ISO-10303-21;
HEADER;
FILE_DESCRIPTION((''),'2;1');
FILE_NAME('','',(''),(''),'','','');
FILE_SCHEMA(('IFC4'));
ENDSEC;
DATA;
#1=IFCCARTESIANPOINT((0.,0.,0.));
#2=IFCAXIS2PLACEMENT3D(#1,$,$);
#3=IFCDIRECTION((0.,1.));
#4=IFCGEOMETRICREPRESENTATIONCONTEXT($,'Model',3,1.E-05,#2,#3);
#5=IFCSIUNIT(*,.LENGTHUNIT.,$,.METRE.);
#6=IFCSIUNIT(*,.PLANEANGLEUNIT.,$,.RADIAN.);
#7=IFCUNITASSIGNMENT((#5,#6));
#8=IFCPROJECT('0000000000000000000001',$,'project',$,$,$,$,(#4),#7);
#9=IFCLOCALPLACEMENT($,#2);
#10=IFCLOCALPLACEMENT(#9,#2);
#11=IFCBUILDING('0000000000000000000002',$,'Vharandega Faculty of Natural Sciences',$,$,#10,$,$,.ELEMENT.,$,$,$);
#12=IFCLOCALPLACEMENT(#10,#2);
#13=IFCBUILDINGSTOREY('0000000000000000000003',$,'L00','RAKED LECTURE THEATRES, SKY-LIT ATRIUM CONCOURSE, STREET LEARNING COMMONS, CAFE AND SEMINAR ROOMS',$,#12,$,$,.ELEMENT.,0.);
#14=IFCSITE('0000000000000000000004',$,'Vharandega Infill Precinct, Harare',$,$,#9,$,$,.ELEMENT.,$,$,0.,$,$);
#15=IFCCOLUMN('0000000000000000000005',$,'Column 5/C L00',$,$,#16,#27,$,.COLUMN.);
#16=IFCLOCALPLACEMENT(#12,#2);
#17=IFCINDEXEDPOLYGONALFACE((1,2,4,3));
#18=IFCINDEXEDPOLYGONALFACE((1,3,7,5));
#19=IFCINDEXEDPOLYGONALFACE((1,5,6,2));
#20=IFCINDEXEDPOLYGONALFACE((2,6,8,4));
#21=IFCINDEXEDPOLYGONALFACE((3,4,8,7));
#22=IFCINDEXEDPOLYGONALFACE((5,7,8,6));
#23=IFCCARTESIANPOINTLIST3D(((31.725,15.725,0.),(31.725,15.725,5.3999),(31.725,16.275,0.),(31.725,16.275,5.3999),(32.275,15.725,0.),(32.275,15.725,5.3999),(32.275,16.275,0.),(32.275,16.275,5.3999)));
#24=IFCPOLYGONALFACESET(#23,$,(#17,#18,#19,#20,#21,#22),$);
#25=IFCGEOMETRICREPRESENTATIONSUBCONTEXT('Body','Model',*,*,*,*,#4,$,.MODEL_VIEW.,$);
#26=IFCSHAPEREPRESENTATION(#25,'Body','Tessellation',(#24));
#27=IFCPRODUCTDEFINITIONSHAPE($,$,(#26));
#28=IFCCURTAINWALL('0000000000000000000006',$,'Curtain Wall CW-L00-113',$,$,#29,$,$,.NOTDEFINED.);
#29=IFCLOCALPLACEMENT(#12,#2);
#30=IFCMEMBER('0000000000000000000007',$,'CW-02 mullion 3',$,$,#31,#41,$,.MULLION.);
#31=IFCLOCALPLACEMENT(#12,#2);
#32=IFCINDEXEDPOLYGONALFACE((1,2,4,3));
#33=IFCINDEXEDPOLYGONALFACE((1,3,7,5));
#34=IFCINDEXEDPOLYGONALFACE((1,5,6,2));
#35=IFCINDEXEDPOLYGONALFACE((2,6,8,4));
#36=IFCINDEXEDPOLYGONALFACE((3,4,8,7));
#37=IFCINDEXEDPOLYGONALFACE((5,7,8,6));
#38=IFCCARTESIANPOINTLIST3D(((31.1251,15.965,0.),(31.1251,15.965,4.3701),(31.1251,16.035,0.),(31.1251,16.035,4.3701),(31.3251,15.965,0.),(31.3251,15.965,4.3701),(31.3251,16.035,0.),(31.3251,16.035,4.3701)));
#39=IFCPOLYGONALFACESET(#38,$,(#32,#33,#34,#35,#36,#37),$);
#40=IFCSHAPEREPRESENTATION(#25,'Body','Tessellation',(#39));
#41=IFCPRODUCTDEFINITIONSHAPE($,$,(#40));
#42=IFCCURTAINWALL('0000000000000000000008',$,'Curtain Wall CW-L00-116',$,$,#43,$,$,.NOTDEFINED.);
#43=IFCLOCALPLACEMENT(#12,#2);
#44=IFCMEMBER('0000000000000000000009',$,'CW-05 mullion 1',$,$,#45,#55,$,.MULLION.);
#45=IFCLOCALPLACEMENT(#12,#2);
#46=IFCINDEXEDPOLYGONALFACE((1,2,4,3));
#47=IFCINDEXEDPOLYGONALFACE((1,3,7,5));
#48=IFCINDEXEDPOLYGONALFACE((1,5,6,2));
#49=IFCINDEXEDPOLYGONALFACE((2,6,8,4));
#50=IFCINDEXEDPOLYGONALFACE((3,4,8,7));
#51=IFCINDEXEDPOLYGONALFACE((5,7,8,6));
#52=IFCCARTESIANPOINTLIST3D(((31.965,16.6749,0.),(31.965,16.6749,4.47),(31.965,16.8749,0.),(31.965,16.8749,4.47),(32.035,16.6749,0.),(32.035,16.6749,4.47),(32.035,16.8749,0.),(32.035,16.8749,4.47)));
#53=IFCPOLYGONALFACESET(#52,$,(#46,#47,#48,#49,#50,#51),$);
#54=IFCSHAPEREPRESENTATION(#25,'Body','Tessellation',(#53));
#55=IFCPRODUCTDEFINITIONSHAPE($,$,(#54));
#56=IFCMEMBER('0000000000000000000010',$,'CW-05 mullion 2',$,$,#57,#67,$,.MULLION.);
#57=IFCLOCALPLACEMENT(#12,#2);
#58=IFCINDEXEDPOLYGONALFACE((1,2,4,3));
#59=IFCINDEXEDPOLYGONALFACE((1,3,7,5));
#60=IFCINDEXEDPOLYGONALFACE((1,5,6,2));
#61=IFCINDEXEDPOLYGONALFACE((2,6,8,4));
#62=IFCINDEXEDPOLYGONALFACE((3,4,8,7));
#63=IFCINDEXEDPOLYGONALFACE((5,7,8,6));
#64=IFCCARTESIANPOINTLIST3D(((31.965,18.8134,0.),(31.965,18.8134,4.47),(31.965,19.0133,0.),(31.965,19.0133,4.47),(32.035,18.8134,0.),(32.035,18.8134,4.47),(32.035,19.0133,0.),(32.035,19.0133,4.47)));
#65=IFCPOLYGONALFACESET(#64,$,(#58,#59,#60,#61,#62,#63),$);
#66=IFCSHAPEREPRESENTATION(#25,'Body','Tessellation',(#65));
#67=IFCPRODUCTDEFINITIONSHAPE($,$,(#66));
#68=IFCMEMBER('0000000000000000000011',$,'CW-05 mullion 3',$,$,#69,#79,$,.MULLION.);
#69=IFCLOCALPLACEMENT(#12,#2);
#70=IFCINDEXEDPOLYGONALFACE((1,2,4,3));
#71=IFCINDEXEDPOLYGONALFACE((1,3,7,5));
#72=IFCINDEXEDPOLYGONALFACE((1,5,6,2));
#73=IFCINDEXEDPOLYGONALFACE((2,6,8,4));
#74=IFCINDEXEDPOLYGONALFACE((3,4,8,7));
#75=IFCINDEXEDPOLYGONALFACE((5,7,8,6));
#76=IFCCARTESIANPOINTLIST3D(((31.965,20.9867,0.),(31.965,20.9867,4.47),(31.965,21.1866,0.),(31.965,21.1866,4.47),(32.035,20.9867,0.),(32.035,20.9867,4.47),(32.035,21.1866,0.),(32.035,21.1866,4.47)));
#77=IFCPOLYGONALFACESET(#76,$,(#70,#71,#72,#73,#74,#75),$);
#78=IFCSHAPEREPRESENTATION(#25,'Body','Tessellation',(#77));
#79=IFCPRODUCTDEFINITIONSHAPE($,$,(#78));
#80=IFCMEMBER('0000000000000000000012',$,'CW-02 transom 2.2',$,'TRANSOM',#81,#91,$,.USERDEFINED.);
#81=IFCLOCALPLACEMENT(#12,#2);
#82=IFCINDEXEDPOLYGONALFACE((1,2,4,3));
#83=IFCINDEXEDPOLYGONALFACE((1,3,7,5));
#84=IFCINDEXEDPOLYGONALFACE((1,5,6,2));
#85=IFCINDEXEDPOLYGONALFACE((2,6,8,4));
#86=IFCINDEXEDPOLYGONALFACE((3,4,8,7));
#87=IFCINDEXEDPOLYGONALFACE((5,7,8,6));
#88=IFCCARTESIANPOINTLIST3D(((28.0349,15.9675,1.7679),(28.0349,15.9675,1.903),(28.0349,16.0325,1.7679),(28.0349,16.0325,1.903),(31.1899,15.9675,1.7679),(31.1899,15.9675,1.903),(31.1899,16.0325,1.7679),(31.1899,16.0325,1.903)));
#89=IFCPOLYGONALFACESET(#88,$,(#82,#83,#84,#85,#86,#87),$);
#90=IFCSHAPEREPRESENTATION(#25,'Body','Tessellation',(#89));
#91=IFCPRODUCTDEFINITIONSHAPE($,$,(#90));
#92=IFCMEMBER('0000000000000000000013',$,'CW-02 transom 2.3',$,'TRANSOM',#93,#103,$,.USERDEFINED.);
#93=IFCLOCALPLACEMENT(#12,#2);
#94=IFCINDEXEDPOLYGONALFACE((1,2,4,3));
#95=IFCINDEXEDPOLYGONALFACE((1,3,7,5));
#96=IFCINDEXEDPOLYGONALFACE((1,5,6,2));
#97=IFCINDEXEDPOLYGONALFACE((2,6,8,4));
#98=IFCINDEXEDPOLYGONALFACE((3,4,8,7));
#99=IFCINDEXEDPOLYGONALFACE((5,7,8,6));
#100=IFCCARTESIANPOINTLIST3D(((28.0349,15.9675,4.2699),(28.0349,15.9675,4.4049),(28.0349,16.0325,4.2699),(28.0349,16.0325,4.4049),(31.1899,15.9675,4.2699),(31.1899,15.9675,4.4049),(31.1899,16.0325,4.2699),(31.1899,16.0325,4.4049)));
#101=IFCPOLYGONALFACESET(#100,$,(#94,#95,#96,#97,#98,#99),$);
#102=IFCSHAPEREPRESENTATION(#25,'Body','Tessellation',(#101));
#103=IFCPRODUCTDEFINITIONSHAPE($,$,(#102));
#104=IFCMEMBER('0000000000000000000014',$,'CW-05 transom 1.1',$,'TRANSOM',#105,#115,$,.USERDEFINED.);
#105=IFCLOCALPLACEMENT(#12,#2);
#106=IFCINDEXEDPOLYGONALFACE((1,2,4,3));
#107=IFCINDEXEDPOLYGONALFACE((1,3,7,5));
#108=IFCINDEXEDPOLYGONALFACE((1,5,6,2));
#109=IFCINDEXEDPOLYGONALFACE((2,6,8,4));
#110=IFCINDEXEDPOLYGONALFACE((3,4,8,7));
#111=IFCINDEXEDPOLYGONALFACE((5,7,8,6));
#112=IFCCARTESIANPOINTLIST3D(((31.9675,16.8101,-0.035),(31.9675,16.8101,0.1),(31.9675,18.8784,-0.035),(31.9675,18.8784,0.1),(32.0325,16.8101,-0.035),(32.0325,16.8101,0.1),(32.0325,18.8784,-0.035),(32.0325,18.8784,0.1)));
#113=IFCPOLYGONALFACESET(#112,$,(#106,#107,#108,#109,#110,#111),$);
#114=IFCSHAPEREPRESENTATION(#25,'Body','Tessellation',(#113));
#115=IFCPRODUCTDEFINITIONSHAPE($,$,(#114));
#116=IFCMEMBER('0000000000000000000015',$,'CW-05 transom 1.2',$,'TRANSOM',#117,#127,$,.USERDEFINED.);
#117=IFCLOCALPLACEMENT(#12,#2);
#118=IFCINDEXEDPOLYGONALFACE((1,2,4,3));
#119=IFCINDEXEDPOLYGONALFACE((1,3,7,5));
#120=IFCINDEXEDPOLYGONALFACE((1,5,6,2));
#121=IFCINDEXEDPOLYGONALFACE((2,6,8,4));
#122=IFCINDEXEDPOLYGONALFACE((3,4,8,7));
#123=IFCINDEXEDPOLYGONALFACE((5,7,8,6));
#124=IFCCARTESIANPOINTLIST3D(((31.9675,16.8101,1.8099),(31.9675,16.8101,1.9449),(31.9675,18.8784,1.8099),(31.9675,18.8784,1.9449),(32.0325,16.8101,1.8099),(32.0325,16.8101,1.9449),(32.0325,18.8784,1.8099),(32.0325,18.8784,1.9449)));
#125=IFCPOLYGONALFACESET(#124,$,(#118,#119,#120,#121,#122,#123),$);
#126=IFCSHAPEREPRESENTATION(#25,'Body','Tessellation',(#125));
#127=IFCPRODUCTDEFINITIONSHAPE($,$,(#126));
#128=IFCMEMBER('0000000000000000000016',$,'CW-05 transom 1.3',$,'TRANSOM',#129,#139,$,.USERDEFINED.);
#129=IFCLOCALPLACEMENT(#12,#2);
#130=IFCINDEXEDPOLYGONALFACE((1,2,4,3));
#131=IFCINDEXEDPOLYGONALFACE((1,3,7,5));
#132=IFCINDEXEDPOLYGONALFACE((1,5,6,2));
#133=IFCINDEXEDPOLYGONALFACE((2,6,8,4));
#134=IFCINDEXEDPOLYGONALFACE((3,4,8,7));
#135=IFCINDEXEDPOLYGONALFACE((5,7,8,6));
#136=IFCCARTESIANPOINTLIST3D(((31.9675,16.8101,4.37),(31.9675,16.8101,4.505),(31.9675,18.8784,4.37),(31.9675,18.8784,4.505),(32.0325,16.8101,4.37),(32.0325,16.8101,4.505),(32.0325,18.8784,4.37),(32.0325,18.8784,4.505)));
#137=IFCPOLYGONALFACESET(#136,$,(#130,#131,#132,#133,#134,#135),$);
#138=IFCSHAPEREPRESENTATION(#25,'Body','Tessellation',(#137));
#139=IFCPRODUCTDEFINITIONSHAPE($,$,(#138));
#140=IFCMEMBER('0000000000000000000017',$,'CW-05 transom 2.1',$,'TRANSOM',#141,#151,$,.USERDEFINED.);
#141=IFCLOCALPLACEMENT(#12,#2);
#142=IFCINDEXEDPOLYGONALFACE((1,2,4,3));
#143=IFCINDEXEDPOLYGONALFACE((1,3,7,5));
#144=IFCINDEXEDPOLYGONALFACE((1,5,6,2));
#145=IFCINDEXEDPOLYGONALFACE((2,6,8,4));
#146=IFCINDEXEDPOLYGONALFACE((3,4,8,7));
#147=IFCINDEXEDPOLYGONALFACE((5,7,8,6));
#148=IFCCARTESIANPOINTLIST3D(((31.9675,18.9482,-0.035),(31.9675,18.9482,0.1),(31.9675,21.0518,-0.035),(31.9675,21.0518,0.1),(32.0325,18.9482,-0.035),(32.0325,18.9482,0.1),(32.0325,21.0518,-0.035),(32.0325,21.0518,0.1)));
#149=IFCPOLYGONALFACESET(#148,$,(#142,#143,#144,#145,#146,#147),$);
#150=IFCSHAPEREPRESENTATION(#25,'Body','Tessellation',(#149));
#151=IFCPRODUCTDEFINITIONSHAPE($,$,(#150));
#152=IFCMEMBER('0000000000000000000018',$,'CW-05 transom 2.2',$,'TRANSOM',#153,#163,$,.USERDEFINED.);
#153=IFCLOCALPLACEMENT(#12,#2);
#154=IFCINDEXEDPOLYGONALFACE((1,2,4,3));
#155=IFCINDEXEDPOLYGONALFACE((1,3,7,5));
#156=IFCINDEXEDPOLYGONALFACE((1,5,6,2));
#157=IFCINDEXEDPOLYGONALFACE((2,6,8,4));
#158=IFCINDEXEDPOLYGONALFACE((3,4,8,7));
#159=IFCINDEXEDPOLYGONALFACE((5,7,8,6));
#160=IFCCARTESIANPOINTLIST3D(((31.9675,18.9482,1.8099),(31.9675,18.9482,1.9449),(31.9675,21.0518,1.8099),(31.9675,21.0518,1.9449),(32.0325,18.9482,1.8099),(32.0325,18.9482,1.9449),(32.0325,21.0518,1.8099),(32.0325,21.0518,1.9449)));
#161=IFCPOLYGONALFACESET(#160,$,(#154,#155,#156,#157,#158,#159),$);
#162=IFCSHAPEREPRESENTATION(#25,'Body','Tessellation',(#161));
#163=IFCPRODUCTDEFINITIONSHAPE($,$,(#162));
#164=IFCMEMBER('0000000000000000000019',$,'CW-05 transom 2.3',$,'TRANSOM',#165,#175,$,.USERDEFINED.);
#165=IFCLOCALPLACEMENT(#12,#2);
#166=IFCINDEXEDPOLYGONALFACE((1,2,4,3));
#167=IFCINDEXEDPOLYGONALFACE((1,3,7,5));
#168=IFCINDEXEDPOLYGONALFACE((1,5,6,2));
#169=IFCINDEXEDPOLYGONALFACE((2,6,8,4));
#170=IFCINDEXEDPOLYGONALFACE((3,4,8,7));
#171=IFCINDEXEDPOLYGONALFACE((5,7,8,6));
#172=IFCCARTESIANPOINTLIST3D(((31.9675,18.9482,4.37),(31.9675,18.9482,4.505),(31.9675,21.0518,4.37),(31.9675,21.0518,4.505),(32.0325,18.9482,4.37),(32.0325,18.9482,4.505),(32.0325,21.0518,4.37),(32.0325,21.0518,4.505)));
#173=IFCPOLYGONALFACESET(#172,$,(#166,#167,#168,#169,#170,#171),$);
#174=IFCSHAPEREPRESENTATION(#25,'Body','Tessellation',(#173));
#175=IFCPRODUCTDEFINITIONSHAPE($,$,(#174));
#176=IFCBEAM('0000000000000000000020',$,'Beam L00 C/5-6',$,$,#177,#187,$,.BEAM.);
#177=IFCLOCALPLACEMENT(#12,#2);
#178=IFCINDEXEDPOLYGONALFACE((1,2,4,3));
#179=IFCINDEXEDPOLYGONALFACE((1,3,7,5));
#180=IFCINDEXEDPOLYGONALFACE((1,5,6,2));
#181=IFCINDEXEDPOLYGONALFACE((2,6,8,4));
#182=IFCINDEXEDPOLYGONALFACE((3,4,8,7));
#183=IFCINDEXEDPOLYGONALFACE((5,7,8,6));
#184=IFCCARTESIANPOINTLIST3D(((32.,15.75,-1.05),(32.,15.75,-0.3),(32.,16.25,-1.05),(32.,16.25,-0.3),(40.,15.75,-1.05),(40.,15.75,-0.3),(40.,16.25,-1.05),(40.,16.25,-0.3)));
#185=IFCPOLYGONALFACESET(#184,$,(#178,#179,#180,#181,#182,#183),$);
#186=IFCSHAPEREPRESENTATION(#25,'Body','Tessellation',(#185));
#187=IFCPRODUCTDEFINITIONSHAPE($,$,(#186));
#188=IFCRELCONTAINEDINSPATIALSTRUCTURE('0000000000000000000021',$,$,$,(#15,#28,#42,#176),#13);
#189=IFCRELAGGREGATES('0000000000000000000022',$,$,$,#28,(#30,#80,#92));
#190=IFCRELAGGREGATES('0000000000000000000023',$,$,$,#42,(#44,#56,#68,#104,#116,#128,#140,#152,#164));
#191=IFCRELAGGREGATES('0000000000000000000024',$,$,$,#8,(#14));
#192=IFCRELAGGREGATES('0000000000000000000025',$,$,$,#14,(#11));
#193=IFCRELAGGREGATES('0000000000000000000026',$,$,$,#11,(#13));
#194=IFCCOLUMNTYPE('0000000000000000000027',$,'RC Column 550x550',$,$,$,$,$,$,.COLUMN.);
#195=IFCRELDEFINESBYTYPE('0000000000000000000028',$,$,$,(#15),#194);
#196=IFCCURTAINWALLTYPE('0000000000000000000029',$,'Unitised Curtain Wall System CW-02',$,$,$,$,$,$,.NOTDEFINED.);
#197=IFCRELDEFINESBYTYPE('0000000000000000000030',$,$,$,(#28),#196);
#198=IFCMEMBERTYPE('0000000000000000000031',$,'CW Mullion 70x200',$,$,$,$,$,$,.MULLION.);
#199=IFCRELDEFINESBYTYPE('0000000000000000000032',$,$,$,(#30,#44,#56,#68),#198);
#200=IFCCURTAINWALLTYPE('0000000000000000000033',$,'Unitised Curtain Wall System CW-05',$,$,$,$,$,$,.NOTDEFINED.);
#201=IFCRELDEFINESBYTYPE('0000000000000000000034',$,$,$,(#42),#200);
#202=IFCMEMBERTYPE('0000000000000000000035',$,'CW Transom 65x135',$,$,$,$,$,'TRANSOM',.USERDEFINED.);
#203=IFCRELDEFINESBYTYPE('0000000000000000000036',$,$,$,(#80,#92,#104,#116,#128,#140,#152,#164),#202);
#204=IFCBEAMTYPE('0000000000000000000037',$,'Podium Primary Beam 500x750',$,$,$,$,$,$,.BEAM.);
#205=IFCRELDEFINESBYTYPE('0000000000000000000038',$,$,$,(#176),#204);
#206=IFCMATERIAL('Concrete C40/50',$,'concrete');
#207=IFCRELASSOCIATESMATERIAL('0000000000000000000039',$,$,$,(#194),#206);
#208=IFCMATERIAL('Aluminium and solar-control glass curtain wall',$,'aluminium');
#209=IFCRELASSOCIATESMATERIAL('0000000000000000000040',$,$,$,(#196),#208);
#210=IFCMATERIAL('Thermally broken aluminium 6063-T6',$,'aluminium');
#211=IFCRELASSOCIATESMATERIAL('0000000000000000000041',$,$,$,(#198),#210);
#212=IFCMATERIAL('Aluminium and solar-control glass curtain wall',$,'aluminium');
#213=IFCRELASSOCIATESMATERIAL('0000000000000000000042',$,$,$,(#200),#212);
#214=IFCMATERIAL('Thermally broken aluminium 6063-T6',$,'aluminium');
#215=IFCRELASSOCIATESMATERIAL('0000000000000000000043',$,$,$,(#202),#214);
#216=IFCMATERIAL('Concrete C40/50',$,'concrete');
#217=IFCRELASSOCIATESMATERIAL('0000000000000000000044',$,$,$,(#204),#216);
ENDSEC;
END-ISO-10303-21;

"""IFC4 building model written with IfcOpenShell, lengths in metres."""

from ifc_helpers import new_model, si_unit, direction, frame, origin, origin_2d, place, context, subcontext, project, spatial, rectangle, extrude, material, material_profile, profile_set, type_object, element, aggregate, save


model = new_model("IFC4")

# Units and contexts
model_context = context("Model", 3, precision=1e-05, world=origin(), true_north=direction((0.0, 1.0)))
body_context = subcontext(model_context, "Body", "Model", "MODEL_VIEW")
ifc_project = project(units=[si_unit("LENGTHUNIT", "METRE"), si_unit("PLANEANGLEUNIT", "RADIAN")], contexts=[model_context])

# Site, building, storey
site_placement = place(None, origin())
site = spatial("IfcSite", under=ifc_project, at=site_placement, Name="Vharandega Infill Precinct, Harare", CompositionType="ELEMENT", RefElevation=0.0)
building_placement = place(site_placement, origin())
building = spatial("IfcBuilding", under=site, at=building_placement, Name="Vharandega Faculty of Natural Sciences", CompositionType="ELEMENT")
storey_placement = place(building_placement, origin())
storey = spatial("IfcBuildingStorey", under=building, at=storey_placement, Name="L00", Description="RAKED LECTURE THEATRES, SKY-LIT ATRIUM CONCOURSE, STREET LEARNING COMMONS, CAFE AND SEMINAR ROOMS", CompositionType="ELEMENT", Elevation=0.0)

# Column
ifc_material_1 = material(Name="Concrete C40/50", Category="concrete")
ifc_material_profile_1 = material_profile(ifc_material_1, rectangle(XDim=0.55, YDim=0.55, at=origin_2d()), Name="RC 550x550")
ifc_profile_set_1 = profile_set([ifc_material_profile_1], Name="Concrete C40/50")
column_type = type_object("IfcColumnType", Name="RC Column 550x550", PredefinedType="COLUMN", material=ifc_profile_set_1)
column_placement = place(storey_placement, frame((32.0, 16.0, 0.0), z_axis=(0.0, 0.0, 1.0), x_axis=(1.0, 0.0, 0.0)))
element("IfcColumn", 1, at=column_placement, inside=storey, type_object=column_type, Name="Column 5/C L00", PredefinedType="COLUMN", context=body_context, shape_type="SweptSolid", body=[
    extrude(rectangle(XDim=0.55, YDim=0.55, at=origin_2d()), origin(), (0.0, 0.0, 1.0), 5.3999),
])

# Curtain wall, member
ifc_material_2 = material(Name="Aluminium and solar-control glass curtain wall", Category="aluminium")
curtain_wall_type_1 = type_object("IfcCurtainWallType", Name="Unitised Curtain Wall System CW-02", PredefinedType="NOTDEFINED", material=ifc_material_2)
curtain_wall_1_placement = place(storey_placement, origin())
curtain_wall_1 = element("IfcCurtainWall", 2, at=curtain_wall_1_placement, inside=storey, type_object=curtain_wall_type_1, Name="Curtain Wall CW-L00-113", PredefinedType="NOTDEFINED")
ifc_material_3 = material(Name="Thermally broken aluminium 6063-T6", Category="aluminium")
ifc_material_profile_2 = material_profile(ifc_material_3, rectangle(XDim=0.0701, YDim=0.2, at=origin_2d()), Name="ALU 70x200")
ifc_profile_set_2 = profile_set([ifc_material_profile_2], Name="Thermally broken aluminium 6063-T6")
member_type_1 = type_object("IfcMemberType", Name="CW Mullion 70x200", PredefinedType="MULLION", material=ifc_profile_set_2)
member_1_placement = place(storey_placement, frame((31.2251, 16.0, 0.0), z_axis=(0.0, 0.0, 1.0), x_axis=(0.0, 1.0, 0.0)))
member_1 = element("IfcMember", 3, at=member_1_placement, type_object=member_type_1, Name="CW-02 mullion 3", PredefinedType="MULLION", context=body_context, shape_type="SweptSolid", body=[
    extrude(rectangle(XDim=0.0701, YDim=0.2, at=origin_2d()), origin(), (0.0, 0.0, 1.0), 4.3701),
])

# Curtain wall, members
ifc_material_4 = material(Name="Aluminium and solar-control glass curtain wall", Category="aluminium")
curtain_wall_type_2 = type_object("IfcCurtainWallType", Name="Unitised Curtain Wall System CW-05", PredefinedType="NOTDEFINED", material=ifc_material_4)
curtain_wall_2_placement = place(storey_placement, origin())
curtain_wall_2 = element("IfcCurtainWall", 4, at=curtain_wall_2_placement, inside=storey, type_object=curtain_wall_type_2, Name="Curtain Wall CW-L00-116", PredefinedType="NOTDEFINED")
member_2_placement = place(storey_placement, frame((32.0, 16.7749, 0.0), z_axis=(0.0, 0.0, 1.0), x_axis=(-1.0, 0.0, 0.0)))
member_2 = element("IfcMember", 5, at=member_2_placement, type_object=member_type_1, Name="CW-05 mullion 1", PredefinedType="MULLION", context=body_context, shape_type="SweptSolid", body=[
    extrude(rectangle(XDim=0.0701, YDim=0.2, at=origin_2d()), origin(), (0.0, 0.0, 1.0), 4.47),
])
member_3_placement = place(storey_placement, frame((32.0, 18.9133, 0.0), z_axis=(0.0, 0.0, 1.0), x_axis=(-1.0, 0.0, 0.0)))
member_3 = element("IfcMember", 6, at=member_3_placement, type_object=member_type_1, Name="CW-05 mullion 2", PredefinedType="MULLION", context=body_context, shape_type="SweptSolid", body=[
    extrude(rectangle(XDim=0.0701, YDim=0.2, at=origin_2d()), origin(), (0.0, 0.0, 1.0), 4.47),
])
member_4_placement = place(storey_placement, frame((32.0, 21.0867, 0.0), z_axis=(0.0, 0.0, 1.0), x_axis=(-1.0, 0.0, 0.0)))
member_4 = element("IfcMember", 7, at=member_4_placement, type_object=member_type_1, Name="CW-05 mullion 3", PredefinedType="MULLION", context=body_context, shape_type="SweptSolid", body=[
    extrude(rectangle(XDim=0.0701, YDim=0.2, at=origin_2d()), origin(), (0.0, 0.0, 1.0), 4.47),
])

# Members
ifc_material_5 = material(Name="Thermally broken aluminium 6063-T6", Category="aluminium")
ifc_material_profile_3 = material_profile(ifc_material_5, rectangle(XDim=0.0649, YDim=0.135, at=origin_2d()), Name="ALU 65x135")
ifc_profile_set_3 = profile_set([ifc_material_profile_3], Name="Thermally broken aluminium 6063-T6")
member_type_2 = type_object("IfcMemberType", Name="CW Transom 65x135", ElementType="TRANSOM", PredefinedType="USERDEFINED", material=ifc_profile_set_3)
member_5_placement = place(storey_placement, frame((28.0349, 16.0, 1.8354), z_axis=(1.0, 0.0, 0.0), x_axis=(0.0, 1.0, 0.0)))
member_5 = element("IfcMember", 8, at=member_5_placement, type_object=member_type_2, Name="CW-02 transom 2.2", ObjectType="TRANSOM", PredefinedType="USERDEFINED", context=body_context, shape_type="SweptSolid", body=[
    extrude(rectangle(XDim=0.0649, YDim=0.135, at=origin_2d()), origin(), (0.0, 0.0, 1.0), 3.155),
])
member_6_placement = place(storey_placement, frame((28.0349, 16.0, 4.3374), z_axis=(1.0, 0.0, 0.0), x_axis=(0.0, 1.0, 0.0)))
member_6 = element("IfcMember", 9, at=member_6_placement, type_object=member_type_2, Name="CW-02 transom 2.3", ObjectType="TRANSOM", PredefinedType="USERDEFINED", context=body_context, shape_type="SweptSolid", body=[
    extrude(rectangle(XDim=0.0649, YDim=0.135, at=origin_2d()), origin(), (0.0, 0.0, 1.0), 3.155),
])
member_7_placement = place(storey_placement, frame((32.0, 16.8101, 0.0325), z_axis=(0.0, 1.0, 0.0), x_axis=(-1.0, 0.0, 0.0)))
member_7 = element("IfcMember", 10, at=member_7_placement, type_object=member_type_2, Name="CW-05 transom 1.1", ObjectType="TRANSOM", PredefinedType="USERDEFINED", context=body_context, shape_type="SweptSolid", body=[
    extrude(rectangle(XDim=0.0649, YDim=0.135, at=origin_2d()), origin(), (0.0, 0.0, 1.0), 2.0684),
])
member_8_placement = place(storey_placement, frame((32.0, 16.8101, 1.8774), z_axis=(0.0, 1.0, 0.0), x_axis=(-1.0, 0.0, 0.0)))
member_8 = element("IfcMember", 11, at=member_8_placement, type_object=member_type_2, Name="CW-05 transom 1.2", ObjectType="TRANSOM", PredefinedType="USERDEFINED", context=body_context, shape_type="SweptSolid", body=[
    extrude(rectangle(XDim=0.0649, YDim=0.135, at=origin_2d()), origin(), (0.0, 0.0, 1.0), 2.0684),
])
member_9_placement = place(storey_placement, frame((32.0, 16.8101, 4.4375), z_axis=(0.0, 1.0, 0.0), x_axis=(-1.0, 0.0, 0.0)))
member_9 = element("IfcMember", 12, at=member_9_placement, type_object=member_type_2, Name="CW-05 transom 1.3", ObjectType="TRANSOM", PredefinedType="USERDEFINED", context=body_context, shape_type="SweptSolid", body=[
    extrude(rectangle(XDim=0.0649, YDim=0.135, at=origin_2d()), origin(), (0.0, 0.0, 1.0), 2.0684),
])
member_10_placement = place(storey_placement, frame((32.0, 18.9482, 0.0325), z_axis=(0.0, 1.0, 0.0), x_axis=(-1.0, 0.0, 0.0)))
member_10 = element("IfcMember", 13, at=member_10_placement, type_object=member_type_2, Name="CW-05 transom 2.1", ObjectType="TRANSOM", PredefinedType="USERDEFINED", context=body_context, shape_type="SweptSolid", body=[
    extrude(rectangle(XDim=0.0649, YDim=0.135, at=origin_2d()), origin(), (0.0, 0.0, 1.0), 2.1035),
])
member_11_placement = place(storey_placement, frame((32.0, 18.9482, 1.8774), z_axis=(0.0, 1.0, 0.0), x_axis=(-1.0, 0.0, 0.0)))
member_11 = element("IfcMember", 14, at=member_11_placement, type_object=member_type_2, Name="CW-05 transom 2.2", ObjectType="TRANSOM", PredefinedType="USERDEFINED", context=body_context, shape_type="SweptSolid", body=[
    extrude(rectangle(XDim=0.0649, YDim=0.135, at=origin_2d()), origin(), (0.0, 0.0, 1.0), 2.1035),
])
member_12_placement = place(storey_placement, frame((32.0, 18.9482, 4.4375), z_axis=(0.0, 1.0, 0.0), x_axis=(-1.0, 0.0, 0.0)))
member_12 = element("IfcMember", 15, at=member_12_placement, type_object=member_type_2, Name="CW-05 transom 2.3", ObjectType="TRANSOM", PredefinedType="USERDEFINED", context=body_context, shape_type="SweptSolid", body=[
    extrude(rectangle(XDim=0.0649, YDim=0.135, at=origin_2d()), origin(), (0.0, 0.0, 1.0), 2.1035),
])

# Beam
ifc_material_6 = material(Name="Concrete C40/50", Category="concrete")
ifc_material_profile_4 = material_profile(ifc_material_6, rectangle(XDim=0.5, YDim=0.75, at=origin_2d()), Name="RC 500x750")
ifc_profile_set_4 = profile_set([ifc_material_profile_4], Name="Concrete C40/50")
beam_type_1 = type_object("IfcBeamType", Name="Podium Primary Beam 500x750", PredefinedType="BEAM", material=ifc_profile_set_4)
beam_1_placement = place(storey_placement, frame((32.0, 16.0, -0.675), z_axis=(1.0, 0.0, 0.0), x_axis=(0.0, 1.0, 0.0)))
element("IfcBeam", 16, at=beam_1_placement, inside=storey, type_object=beam_type_1, Name="Beam L00 C/5-6", PredefinedType="BEAM", context=body_context, shape_type="SweptSolid", body=[
    extrude(rectangle(XDim=0.5, YDim=0.75, at=origin_2d()), origin(), (0.0, 0.0, 1.0), 8.0),
])

aggregate(curtain_wall_1, [member_1, member_5, member_6])
aggregate(curtain_wall_2, [member_2, member_3, member_4, member_7, member_8, member_9, member_10, member_11, member_12])

save(model, "model.ifc")
